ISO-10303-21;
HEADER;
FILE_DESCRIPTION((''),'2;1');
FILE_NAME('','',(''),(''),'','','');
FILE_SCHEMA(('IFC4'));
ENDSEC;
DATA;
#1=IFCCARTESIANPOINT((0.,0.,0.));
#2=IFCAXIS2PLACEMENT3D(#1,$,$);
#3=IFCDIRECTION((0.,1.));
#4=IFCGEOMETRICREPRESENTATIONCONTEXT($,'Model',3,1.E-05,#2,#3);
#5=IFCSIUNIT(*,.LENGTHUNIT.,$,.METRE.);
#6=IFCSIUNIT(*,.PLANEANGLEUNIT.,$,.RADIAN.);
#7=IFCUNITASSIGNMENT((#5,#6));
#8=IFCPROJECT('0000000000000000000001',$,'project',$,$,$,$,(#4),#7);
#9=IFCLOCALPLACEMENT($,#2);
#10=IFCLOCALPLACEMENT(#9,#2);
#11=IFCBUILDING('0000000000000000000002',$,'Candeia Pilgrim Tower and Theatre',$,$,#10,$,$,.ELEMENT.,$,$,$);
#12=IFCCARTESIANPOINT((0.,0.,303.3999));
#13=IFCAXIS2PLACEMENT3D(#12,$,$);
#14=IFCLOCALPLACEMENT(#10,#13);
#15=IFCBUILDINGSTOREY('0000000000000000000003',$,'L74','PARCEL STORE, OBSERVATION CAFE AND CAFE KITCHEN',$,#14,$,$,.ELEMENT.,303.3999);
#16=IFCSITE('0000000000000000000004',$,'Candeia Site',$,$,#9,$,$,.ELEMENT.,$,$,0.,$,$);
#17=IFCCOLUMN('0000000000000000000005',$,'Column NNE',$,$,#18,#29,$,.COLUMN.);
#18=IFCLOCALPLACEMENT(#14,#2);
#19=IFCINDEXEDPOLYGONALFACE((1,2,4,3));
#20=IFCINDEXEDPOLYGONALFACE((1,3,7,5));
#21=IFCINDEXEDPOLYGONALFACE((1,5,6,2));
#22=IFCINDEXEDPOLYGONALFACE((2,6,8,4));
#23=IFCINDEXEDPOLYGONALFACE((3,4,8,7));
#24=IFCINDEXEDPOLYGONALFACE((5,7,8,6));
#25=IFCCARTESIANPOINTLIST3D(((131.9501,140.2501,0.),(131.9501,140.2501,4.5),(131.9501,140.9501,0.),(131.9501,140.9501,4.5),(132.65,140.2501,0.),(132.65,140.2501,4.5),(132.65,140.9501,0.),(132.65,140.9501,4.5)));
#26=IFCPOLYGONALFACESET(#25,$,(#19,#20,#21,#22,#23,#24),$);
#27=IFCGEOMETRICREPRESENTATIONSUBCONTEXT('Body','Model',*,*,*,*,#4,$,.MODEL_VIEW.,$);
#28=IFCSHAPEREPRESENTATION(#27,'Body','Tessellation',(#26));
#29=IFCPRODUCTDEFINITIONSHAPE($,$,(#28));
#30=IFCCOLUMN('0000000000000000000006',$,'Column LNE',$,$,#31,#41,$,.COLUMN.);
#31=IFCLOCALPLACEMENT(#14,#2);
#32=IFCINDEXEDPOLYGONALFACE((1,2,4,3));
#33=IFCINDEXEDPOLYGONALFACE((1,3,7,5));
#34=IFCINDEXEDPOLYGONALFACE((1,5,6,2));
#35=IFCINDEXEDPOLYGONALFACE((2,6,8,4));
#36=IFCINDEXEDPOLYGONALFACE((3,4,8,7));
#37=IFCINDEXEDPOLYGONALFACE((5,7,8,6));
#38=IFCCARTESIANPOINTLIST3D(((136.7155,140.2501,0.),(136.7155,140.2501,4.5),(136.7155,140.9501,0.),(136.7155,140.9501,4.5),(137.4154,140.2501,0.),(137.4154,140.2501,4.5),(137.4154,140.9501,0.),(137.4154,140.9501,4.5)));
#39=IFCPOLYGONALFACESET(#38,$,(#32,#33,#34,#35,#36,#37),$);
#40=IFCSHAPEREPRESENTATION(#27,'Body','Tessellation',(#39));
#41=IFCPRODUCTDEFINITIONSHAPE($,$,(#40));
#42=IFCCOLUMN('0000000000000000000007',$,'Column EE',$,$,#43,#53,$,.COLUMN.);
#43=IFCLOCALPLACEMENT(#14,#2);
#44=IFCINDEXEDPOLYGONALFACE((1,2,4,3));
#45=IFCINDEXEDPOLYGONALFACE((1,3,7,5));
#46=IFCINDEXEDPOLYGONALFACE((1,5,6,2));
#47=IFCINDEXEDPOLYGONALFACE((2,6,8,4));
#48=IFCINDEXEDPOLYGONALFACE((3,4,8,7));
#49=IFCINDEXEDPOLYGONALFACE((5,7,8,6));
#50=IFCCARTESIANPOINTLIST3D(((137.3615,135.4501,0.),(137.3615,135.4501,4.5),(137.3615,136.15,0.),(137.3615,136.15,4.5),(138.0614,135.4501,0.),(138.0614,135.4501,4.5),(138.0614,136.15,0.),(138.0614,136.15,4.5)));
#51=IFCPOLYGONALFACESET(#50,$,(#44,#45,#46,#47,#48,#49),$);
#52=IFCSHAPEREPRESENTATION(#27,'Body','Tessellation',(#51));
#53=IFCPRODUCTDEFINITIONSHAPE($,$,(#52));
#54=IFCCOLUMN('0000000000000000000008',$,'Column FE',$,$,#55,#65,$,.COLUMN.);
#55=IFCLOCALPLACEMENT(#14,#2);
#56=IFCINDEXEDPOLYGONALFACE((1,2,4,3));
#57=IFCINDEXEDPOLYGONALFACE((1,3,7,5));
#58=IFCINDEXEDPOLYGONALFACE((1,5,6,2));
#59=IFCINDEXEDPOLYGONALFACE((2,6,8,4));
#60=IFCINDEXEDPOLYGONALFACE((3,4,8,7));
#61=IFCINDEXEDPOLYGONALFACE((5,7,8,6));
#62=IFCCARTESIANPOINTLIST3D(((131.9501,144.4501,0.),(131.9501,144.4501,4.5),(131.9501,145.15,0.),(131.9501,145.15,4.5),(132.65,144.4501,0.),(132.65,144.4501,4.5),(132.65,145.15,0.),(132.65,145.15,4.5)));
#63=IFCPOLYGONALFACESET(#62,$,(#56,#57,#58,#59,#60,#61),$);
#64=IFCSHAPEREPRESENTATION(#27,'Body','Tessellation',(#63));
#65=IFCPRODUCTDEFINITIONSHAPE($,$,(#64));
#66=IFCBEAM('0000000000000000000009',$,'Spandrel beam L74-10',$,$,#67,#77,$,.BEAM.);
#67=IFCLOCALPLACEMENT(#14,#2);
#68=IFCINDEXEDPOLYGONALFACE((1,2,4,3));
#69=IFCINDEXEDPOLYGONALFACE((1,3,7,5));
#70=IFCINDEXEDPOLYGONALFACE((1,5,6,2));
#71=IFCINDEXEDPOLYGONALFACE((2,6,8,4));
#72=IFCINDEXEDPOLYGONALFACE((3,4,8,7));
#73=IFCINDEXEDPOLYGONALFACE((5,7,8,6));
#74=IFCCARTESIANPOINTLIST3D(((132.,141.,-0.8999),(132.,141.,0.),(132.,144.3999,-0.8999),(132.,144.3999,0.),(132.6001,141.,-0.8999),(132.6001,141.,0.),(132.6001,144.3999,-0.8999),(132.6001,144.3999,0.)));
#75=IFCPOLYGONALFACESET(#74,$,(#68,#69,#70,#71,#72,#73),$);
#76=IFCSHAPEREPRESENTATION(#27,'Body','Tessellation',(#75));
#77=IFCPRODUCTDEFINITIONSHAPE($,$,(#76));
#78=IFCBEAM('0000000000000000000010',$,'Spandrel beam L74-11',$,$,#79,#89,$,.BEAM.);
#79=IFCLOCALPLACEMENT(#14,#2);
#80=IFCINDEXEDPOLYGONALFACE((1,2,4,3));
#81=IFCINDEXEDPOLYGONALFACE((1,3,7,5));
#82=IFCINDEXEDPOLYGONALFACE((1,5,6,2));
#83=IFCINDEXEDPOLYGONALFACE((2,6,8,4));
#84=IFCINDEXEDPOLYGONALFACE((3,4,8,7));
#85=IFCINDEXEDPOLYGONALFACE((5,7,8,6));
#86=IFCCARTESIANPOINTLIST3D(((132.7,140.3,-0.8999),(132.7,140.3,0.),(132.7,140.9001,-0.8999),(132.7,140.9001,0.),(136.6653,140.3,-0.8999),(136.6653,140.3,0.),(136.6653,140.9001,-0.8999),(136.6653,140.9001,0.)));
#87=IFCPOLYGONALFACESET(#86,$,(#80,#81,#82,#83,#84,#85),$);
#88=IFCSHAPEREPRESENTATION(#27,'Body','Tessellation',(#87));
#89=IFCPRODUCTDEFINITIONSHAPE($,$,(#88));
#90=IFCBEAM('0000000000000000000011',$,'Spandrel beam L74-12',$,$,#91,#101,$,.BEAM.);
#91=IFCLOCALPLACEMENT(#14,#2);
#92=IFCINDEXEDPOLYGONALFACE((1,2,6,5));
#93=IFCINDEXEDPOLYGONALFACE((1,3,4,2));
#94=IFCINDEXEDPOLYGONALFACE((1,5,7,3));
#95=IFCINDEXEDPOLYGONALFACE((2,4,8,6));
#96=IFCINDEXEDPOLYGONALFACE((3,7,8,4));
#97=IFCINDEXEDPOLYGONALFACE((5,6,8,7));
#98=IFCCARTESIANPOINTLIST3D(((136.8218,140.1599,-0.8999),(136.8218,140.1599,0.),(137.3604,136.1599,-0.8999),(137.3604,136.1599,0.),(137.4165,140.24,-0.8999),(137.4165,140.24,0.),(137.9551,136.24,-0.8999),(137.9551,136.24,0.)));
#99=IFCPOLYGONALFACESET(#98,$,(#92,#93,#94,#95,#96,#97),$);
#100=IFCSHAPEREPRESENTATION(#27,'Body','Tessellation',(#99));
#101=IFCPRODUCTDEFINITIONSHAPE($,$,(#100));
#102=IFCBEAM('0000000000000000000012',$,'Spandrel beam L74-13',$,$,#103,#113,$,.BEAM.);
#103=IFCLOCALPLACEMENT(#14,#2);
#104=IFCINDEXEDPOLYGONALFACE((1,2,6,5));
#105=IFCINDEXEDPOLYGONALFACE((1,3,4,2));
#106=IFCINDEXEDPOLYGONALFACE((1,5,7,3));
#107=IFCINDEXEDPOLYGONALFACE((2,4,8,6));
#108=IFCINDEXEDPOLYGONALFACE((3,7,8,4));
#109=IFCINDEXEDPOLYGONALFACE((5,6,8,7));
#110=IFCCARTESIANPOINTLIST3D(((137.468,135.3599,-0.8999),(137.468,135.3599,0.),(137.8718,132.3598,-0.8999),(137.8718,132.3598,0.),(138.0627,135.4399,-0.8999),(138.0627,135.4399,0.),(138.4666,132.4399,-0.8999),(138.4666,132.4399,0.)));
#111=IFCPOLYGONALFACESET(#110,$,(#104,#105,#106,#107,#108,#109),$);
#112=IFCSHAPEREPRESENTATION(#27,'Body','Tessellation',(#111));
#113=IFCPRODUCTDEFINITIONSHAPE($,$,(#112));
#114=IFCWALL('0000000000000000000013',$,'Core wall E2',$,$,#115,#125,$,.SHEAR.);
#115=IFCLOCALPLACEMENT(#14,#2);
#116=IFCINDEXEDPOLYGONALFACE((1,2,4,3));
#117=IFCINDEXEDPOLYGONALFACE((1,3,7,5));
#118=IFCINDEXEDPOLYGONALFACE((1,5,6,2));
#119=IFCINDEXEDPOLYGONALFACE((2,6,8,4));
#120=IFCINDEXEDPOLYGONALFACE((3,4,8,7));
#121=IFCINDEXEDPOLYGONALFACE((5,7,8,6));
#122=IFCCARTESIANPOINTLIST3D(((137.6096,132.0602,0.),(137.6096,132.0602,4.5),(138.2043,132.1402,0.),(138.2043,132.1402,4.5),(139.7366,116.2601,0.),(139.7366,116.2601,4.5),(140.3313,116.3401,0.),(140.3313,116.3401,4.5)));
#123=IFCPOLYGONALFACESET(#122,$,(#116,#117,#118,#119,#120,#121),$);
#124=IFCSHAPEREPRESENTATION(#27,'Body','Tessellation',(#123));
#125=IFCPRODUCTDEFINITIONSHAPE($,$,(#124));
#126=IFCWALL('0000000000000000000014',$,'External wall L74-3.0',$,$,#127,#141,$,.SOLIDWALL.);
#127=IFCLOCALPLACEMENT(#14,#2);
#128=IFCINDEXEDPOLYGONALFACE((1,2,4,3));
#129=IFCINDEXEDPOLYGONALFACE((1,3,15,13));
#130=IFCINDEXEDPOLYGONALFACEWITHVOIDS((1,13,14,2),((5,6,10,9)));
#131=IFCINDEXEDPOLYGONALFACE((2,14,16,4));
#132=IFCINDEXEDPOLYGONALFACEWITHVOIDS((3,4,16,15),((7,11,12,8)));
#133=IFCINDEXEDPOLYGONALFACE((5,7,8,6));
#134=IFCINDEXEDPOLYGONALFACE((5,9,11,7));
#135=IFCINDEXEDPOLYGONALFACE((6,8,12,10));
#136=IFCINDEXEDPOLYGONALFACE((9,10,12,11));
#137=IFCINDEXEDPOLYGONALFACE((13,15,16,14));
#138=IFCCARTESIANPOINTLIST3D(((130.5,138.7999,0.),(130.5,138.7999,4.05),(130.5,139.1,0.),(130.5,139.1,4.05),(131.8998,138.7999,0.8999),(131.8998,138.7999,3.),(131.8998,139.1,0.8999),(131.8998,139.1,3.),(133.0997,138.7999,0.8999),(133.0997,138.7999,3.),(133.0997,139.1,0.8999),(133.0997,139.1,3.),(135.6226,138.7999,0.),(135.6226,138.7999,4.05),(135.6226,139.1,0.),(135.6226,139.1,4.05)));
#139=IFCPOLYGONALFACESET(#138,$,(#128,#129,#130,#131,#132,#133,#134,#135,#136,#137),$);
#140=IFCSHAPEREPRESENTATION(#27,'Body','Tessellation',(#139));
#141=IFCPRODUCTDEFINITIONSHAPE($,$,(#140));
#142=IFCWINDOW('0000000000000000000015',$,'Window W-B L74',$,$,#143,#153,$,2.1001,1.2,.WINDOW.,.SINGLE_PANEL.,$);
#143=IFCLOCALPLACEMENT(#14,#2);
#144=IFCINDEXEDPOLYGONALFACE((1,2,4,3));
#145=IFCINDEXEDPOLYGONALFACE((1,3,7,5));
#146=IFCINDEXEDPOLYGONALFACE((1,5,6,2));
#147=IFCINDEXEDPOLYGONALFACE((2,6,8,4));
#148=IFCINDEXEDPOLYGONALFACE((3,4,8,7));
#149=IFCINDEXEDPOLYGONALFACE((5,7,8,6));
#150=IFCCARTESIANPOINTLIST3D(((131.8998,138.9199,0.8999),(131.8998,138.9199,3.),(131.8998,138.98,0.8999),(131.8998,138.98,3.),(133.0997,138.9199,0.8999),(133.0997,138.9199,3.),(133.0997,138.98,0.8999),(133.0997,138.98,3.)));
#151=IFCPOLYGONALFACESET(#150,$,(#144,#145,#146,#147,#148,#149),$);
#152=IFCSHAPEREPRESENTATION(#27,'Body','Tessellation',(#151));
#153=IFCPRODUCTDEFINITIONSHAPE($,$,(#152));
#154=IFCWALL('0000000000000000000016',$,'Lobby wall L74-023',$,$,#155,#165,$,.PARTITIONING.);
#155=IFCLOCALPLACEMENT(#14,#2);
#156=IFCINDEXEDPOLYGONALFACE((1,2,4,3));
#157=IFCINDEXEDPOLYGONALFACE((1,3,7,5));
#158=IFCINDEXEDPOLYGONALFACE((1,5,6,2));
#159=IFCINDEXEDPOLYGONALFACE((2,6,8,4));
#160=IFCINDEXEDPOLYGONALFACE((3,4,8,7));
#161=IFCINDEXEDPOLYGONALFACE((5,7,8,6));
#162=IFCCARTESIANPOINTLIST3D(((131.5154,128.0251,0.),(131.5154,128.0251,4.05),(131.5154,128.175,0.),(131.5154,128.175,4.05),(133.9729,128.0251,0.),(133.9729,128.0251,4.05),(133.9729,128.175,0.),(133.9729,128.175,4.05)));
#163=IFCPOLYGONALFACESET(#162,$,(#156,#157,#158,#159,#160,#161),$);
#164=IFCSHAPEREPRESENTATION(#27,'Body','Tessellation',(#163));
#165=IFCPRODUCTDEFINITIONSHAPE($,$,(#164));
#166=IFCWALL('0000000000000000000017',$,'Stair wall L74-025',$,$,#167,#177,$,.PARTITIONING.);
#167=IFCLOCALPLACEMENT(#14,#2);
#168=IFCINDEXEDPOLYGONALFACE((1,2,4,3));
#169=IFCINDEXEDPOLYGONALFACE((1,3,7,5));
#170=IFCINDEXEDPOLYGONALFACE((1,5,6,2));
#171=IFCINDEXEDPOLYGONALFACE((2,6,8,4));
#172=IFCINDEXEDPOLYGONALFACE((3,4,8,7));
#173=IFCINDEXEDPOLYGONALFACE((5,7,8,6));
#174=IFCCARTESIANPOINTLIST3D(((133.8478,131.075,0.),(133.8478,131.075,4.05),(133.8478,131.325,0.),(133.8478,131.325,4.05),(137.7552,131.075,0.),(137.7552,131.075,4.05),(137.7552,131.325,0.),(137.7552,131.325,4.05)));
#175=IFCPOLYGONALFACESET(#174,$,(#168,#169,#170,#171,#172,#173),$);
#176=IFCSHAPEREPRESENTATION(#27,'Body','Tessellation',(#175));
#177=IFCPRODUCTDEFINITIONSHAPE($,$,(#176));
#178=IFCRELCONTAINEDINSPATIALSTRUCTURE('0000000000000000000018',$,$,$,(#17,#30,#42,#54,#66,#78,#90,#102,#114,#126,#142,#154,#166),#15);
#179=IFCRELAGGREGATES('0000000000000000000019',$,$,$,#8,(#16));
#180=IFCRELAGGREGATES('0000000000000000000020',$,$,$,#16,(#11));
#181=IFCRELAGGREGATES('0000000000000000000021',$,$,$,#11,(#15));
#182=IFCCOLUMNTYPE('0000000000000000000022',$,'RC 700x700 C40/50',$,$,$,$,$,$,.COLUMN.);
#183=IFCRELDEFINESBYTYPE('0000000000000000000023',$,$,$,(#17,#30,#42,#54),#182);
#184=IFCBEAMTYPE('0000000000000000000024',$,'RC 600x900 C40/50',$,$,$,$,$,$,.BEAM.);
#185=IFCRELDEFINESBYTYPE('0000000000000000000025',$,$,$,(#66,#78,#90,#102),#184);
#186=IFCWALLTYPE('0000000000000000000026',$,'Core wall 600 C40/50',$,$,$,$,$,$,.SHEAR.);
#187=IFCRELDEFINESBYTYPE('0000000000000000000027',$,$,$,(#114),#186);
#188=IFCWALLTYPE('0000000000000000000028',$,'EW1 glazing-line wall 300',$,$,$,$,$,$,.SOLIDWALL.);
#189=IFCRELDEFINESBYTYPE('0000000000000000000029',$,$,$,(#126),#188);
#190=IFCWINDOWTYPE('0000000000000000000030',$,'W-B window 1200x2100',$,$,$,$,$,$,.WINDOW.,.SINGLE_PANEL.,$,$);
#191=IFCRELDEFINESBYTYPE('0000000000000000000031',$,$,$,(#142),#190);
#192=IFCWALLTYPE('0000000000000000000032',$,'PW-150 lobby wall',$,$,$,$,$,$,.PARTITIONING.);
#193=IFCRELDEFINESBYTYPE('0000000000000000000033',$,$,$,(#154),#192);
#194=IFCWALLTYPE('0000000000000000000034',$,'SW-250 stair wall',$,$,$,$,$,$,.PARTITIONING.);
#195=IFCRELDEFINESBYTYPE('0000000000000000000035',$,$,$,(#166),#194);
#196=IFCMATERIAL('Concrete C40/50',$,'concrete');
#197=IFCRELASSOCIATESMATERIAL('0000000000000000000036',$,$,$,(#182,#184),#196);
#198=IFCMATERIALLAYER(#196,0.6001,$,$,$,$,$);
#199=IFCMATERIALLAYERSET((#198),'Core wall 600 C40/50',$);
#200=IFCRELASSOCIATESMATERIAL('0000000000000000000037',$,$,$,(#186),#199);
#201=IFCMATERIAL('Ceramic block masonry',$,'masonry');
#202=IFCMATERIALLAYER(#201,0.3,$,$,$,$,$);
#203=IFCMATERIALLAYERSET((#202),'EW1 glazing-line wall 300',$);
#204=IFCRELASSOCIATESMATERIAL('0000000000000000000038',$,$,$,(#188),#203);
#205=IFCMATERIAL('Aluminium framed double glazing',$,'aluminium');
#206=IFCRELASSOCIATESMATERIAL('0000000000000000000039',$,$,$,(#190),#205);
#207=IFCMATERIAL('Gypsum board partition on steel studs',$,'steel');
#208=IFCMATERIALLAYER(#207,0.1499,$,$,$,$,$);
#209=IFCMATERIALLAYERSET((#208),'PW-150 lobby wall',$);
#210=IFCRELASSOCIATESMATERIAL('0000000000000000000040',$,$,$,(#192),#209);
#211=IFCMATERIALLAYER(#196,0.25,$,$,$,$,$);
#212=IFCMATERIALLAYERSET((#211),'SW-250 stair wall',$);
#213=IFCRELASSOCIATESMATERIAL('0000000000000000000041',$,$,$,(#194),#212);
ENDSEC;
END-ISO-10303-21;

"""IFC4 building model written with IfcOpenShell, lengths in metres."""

from ifc_helpers import new_model, si_unit, direction, frame, frame_2d, origin, origin_2d, place, context, subcontext, project, spatial, rectangle, extrude, material, layer, layer_set, material_profile, profile_set, type_object, element, fill, save


model = new_model("IFC4")

# Units and contexts
model_context = context("Model", 3, precision=1e-05, world=origin(), true_north=direction((0.0, 1.0)))
body_context = subcontext(model_context, "Body", "Model", "MODEL_VIEW")
ifc_project = project(units=[si_unit("LENGTHUNIT", "METRE"), si_unit("PLANEANGLEUNIT", "RADIAN")], contexts=[model_context])

# Site, building, storey
site_placement = place(None, origin())
site = spatial("IfcSite", under=ifc_project, at=site_placement, Name="Candeia Site", CompositionType="ELEMENT", RefElevation=0.0)
building_placement = place(site_placement, origin())
building = spatial("IfcBuilding", under=site, at=building_placement, Name="Candeia Pilgrim Tower and Theatre", CompositionType="ELEMENT")
storey_placement = place(building_placement, frame((0.0, 0.0, 303.3999)))
storey = spatial("IfcBuildingStorey", under=building, at=storey_placement, Name="L74", Description="PARCEL STORE, OBSERVATION CAFE AND CAFE KITCHEN", CompositionType="ELEMENT", Elevation=303.3999)

# Columns
ifc_material_1 = material(Name="Concrete C40/50", Category="concrete")
ifc_material_profile_1 = material_profile(ifc_material_1, rectangle(XDim=0.7, YDim=0.7, at=origin_2d()))
ifc_profile_set_1 = profile_set([ifc_material_profile_1], Name="Concrete C40/50")
column_type = type_object("IfcColumnType", Name="RC 700x700 C40/50", PredefinedType="COLUMN", material=ifc_profile_set_1)
for number, where, z_axis, x_axis, name in (
    (1, (132.3, 140.6001, 0.0), (0.0, 0.0, 1.0), (1.0, 0.0, 0.0), "Column NNE"),
    (2, (137.0654, 140.6001, 0.0), (0.0, 0.0, 1.0), (1.0, 0.0, 0.0), "Column LNE"),
    (3, (137.7114, 135.8, 0.0), (0.0, 0.0, 1.0), (1.0, 0.0, 0.0), "Column EE"),
    (4, (132.3, 144.8, 0.0), (0.0, 0.0, 1.0), (1.0, 0.0, 0.0), "Column FE"),
):
    element("IfcColumn", number, at=place(storey_placement, frame(where, z_axis=z_axis, x_axis=x_axis)), inside=storey, type_object=column_type, Name=name, PredefinedType="COLUMN", context=body_context, shape_type="SweptSolid", body=[
        extrude(rectangle(XDim=0.7, YDim=0.7, at=origin_2d()), origin(), (0.0, 0.0, 1.0), 4.5),
    ])

# Beams
ifc_material_profile_2 = material_profile(ifc_material_1, rectangle(XDim=0.6001, YDim=0.8999, at=origin_2d()))
ifc_profile_set_2 = profile_set([ifc_material_profile_2], Name="Concrete C40/50")
beam_type = type_object("IfcBeamType", Name="RC 600x900 C40/50", PredefinedType="BEAM", material=ifc_profile_set_2)
beam_1_placement = place(storey_placement, frame((132.3, 144.3999, -0.45), z_axis=(0.0, -1.0, 0.0), x_axis=(1.0, 0.0, 0.0)))
element("IfcBeam", 5, at=beam_1_placement, inside=storey, type_object=beam_type, Name="Spandrel beam L74-10", PredefinedType="BEAM", context=body_context, shape_type="SweptSolid", body=[
    extrude(rectangle(XDim=0.6001, YDim=0.8999, at=origin_2d()), origin(), (0.0, 0.0, 1.0), 3.3999),
])
beam_2_placement = place(storey_placement, frame((132.7, 140.6001, -0.45), z_axis=(1.0, 0.0, 0.0), x_axis=(0.0, 1.0, 0.0)))
element("IfcBeam", 6, at=beam_2_placement, inside=storey, type_object=beam_type, Name="Spandrel beam L74-11", PredefinedType="BEAM", context=body_context, shape_type="SweptSolid", body=[
    extrude(rectangle(XDim=0.6001, YDim=0.8999, at=origin_2d()), origin(), (0.0, 0.0, 1.0), 3.9653),
])
beam_3_placement = place(storey_placement, frame((137.1191, 140.2, -0.45), z_axis=(0.133439, -0.991057, 0.0), x_axis=(0.991057, 0.133439, 0.0)))
element("IfcBeam", 7, at=beam_3_placement, inside=storey, type_object=beam_type, Name="Spandrel beam L74-12", PredefinedType="BEAM", context=body_context, shape_type="SweptSolid", body=[
    extrude(rectangle(XDim=0.6001, YDim=0.8999, at=origin_2d()), origin(), (0.0, 0.0, 1.0), 4.0361),
])
beam_4_placement = place(storey_placement, frame((137.7654, 135.3999, -0.45), z_axis=(0.1334, -0.991062, 0.0), x_axis=(0.991062, 0.1334, 0.0)))
element("IfcBeam", 8, at=beam_4_placement, inside=storey, type_object=beam_type, Name="Spandrel beam L74-13", PredefinedType="BEAM", context=body_context, shape_type="SweptSolid", body=[
    extrude(rectangle(XDim=0.6001, YDim=0.8999, at=origin_2d()), origin(), (0.0, 0.0, 1.0), 3.0271),
])

# Wall
ifc_layer_1 = layer(ifc_material_1, 0.6001)
ifc_layer_set_1 = layer_set([ifc_layer_1], Name="Core wall 600 C40/50")
wall_type_1 = type_object("IfcWallType", Name="Core wall 600 C40/50", PredefinedType="SHEAR", material=ifc_layer_set_1)
wall_1_placement = place(storey_placement, frame((137.907, 132.1001, 0.0), z_axis=(0.0, 0.0, 1.0), x_axis=(0.133413, -0.99106, 0.0)))
element("IfcWall", 9, at=wall_1_placement, inside=storey, type_object=wall_type_1, Name="Core wall E2", PredefinedType="SHEAR", context=body_context, shape_type="SweptSolid", body=[
    extrude(rectangle(XDim=15.9426, YDim=0.6001, at=frame_2d((7.9712, 0.0))), origin(), (0.0, 0.0, 1.0), 4.5),
])

# Shared definitions
ifc_material_2 = material(Name="Ceramic block masonry", Category="masonry")
ifc_layer_2 = layer(ifc_material_2, 0.3)
ifc_layer_set_2 = layer_set([ifc_layer_2], Name="EW1 glazing-line wall 300")
wall_type_2 = type_object("IfcWallType", Name="EW1 glazing-line wall 300", PredefinedType="SOLIDWALL", material=ifc_layer_set_2)
ifc_material_3 = material(Name="Aluminium framed double glazing", Category="aluminium")

# Wall, opening, window
wall_2_placement = place(storey_placement, frame((135.6226, 138.95, 0.0), z_axis=(0.0, 0.0, 1.0), x_axis=(-1.0, 0.0, 0.0)))
wall_2 = element("IfcWall", 10, at=wall_2_placement, inside=storey, type_object=wall_type_2, Name="External wall L74-3.0", PredefinedType="SOLIDWALL", context=body_context, shape_type="SweptSolid", body=[
    extrude(rectangle(XDim=5.1226, YDim=0.3, at=frame_2d((2.5613, 0.0))), origin(), (0.0, 0.0, 1.0), 4.05),
])
opening_1_placement = place(wall_2_placement, frame((2.5227, 0.0, 0.8999)))
opening_1 = element("IfcOpeningElement", 11, at=opening_1_placement, cuts=wall_2, PredefinedType="OPENING", context=body_context, shape_type="SweptSolid", body=[
    extrude(rectangle(XDim=1.2, YDim=2.1001, at=frame_2d((0.6001, 1.05))), frame((0.0, 0.1602, 0.0), z_axis=(0.0, -1.0, 0.0), x_axis=(1.0, 0.0, 0.0)), (0.0, 0.0, 1.0), 0.3201),
])
window_type_1 = type_object("IfcWindowType", Name="W-B window 1200x2100", PartitioningType="SINGLE_PANEL", PredefinedType="WINDOW", material=ifc_material_3)
window_1_placement = place(opening_1_placement, origin())
window_1 = element("IfcWindow", 12, at=window_1_placement, inside=storey, type_object=window_type_1, Name="Window W-B L74", OverallHeight=2.1001, OverallWidth=1.2, PartitioningType="SINGLE_PANEL", PredefinedType="WINDOW", context=body_context, shape_type="SweptSolid", body=[
    extrude(rectangle(XDim=1.2, YDim=2.1001, at=frame_2d((0.6001, 1.05))), frame((0.0, 0.03, 0.0), z_axis=(0.0, -1.0, 0.0), x_axis=(1.0, 0.0, 0.0)), (0.0, 0.0, 1.0), 0.0601),
])
fill(opening_1, window_1)

# Walls
ifc_material_4 = material(Name="Gypsum board partition on steel studs", Category="steel")
ifc_layer_3 = layer(ifc_material_4, 0.1499)
ifc_layer_set_3 = layer_set([ifc_layer_3], Name="PW-150 lobby wall")
wall_type_3 = type_object("IfcWallType", Name="PW-150 lobby wall", PredefinedType="PARTITIONING", material=ifc_layer_set_3)
wall_3_placement = place(storey_placement, frame((131.5154, 128.1001, 0.0), z_axis=(0.0, 0.0, 1.0), x_axis=(1.0, 0.0, 0.0)))
element("IfcWall", 13, at=wall_3_placement, inside=storey, type_object=wall_type_3, Name="Lobby wall L74-023", PredefinedType="PARTITIONING", context=body_context, shape_type="SweptSolid", body=[
    extrude(rectangle(XDim=2.4575, YDim=0.1499, at=frame_2d((1.2288, 0.0))), origin(), (0.0, 0.0, 1.0), 4.05),
])
ifc_layer_4 = layer(ifc_material_1, 0.25)
ifc_layer_set_4 = layer_set([ifc_layer_4], Name="SW-250 stair wall")
wall_type_4 = type_object("IfcWallType", Name="SW-250 stair wall", PredefinedType="PARTITIONING", material=ifc_layer_set_4)
wall_4_placement = place(storey_placement, frame((133.8479, 131.2, 0.0), z_axis=(0.0, 0.0, 1.0), x_axis=(1.0, 0.0, 0.0)))
element("IfcWall", 14, at=wall_4_placement, inside=storey, type_object=wall_type_4, Name="Stair wall L74-025", PredefinedType="PARTITIONING", context=body_context, shape_type="SweptSolid", body=[
    extrude(rectangle(XDim=3.9075, YDim=0.25, at=frame_2d((1.9536, 0.0))), origin(), (0.0, 0.0, 1.0), 4.05),
])

save(model, "model.ifc")
